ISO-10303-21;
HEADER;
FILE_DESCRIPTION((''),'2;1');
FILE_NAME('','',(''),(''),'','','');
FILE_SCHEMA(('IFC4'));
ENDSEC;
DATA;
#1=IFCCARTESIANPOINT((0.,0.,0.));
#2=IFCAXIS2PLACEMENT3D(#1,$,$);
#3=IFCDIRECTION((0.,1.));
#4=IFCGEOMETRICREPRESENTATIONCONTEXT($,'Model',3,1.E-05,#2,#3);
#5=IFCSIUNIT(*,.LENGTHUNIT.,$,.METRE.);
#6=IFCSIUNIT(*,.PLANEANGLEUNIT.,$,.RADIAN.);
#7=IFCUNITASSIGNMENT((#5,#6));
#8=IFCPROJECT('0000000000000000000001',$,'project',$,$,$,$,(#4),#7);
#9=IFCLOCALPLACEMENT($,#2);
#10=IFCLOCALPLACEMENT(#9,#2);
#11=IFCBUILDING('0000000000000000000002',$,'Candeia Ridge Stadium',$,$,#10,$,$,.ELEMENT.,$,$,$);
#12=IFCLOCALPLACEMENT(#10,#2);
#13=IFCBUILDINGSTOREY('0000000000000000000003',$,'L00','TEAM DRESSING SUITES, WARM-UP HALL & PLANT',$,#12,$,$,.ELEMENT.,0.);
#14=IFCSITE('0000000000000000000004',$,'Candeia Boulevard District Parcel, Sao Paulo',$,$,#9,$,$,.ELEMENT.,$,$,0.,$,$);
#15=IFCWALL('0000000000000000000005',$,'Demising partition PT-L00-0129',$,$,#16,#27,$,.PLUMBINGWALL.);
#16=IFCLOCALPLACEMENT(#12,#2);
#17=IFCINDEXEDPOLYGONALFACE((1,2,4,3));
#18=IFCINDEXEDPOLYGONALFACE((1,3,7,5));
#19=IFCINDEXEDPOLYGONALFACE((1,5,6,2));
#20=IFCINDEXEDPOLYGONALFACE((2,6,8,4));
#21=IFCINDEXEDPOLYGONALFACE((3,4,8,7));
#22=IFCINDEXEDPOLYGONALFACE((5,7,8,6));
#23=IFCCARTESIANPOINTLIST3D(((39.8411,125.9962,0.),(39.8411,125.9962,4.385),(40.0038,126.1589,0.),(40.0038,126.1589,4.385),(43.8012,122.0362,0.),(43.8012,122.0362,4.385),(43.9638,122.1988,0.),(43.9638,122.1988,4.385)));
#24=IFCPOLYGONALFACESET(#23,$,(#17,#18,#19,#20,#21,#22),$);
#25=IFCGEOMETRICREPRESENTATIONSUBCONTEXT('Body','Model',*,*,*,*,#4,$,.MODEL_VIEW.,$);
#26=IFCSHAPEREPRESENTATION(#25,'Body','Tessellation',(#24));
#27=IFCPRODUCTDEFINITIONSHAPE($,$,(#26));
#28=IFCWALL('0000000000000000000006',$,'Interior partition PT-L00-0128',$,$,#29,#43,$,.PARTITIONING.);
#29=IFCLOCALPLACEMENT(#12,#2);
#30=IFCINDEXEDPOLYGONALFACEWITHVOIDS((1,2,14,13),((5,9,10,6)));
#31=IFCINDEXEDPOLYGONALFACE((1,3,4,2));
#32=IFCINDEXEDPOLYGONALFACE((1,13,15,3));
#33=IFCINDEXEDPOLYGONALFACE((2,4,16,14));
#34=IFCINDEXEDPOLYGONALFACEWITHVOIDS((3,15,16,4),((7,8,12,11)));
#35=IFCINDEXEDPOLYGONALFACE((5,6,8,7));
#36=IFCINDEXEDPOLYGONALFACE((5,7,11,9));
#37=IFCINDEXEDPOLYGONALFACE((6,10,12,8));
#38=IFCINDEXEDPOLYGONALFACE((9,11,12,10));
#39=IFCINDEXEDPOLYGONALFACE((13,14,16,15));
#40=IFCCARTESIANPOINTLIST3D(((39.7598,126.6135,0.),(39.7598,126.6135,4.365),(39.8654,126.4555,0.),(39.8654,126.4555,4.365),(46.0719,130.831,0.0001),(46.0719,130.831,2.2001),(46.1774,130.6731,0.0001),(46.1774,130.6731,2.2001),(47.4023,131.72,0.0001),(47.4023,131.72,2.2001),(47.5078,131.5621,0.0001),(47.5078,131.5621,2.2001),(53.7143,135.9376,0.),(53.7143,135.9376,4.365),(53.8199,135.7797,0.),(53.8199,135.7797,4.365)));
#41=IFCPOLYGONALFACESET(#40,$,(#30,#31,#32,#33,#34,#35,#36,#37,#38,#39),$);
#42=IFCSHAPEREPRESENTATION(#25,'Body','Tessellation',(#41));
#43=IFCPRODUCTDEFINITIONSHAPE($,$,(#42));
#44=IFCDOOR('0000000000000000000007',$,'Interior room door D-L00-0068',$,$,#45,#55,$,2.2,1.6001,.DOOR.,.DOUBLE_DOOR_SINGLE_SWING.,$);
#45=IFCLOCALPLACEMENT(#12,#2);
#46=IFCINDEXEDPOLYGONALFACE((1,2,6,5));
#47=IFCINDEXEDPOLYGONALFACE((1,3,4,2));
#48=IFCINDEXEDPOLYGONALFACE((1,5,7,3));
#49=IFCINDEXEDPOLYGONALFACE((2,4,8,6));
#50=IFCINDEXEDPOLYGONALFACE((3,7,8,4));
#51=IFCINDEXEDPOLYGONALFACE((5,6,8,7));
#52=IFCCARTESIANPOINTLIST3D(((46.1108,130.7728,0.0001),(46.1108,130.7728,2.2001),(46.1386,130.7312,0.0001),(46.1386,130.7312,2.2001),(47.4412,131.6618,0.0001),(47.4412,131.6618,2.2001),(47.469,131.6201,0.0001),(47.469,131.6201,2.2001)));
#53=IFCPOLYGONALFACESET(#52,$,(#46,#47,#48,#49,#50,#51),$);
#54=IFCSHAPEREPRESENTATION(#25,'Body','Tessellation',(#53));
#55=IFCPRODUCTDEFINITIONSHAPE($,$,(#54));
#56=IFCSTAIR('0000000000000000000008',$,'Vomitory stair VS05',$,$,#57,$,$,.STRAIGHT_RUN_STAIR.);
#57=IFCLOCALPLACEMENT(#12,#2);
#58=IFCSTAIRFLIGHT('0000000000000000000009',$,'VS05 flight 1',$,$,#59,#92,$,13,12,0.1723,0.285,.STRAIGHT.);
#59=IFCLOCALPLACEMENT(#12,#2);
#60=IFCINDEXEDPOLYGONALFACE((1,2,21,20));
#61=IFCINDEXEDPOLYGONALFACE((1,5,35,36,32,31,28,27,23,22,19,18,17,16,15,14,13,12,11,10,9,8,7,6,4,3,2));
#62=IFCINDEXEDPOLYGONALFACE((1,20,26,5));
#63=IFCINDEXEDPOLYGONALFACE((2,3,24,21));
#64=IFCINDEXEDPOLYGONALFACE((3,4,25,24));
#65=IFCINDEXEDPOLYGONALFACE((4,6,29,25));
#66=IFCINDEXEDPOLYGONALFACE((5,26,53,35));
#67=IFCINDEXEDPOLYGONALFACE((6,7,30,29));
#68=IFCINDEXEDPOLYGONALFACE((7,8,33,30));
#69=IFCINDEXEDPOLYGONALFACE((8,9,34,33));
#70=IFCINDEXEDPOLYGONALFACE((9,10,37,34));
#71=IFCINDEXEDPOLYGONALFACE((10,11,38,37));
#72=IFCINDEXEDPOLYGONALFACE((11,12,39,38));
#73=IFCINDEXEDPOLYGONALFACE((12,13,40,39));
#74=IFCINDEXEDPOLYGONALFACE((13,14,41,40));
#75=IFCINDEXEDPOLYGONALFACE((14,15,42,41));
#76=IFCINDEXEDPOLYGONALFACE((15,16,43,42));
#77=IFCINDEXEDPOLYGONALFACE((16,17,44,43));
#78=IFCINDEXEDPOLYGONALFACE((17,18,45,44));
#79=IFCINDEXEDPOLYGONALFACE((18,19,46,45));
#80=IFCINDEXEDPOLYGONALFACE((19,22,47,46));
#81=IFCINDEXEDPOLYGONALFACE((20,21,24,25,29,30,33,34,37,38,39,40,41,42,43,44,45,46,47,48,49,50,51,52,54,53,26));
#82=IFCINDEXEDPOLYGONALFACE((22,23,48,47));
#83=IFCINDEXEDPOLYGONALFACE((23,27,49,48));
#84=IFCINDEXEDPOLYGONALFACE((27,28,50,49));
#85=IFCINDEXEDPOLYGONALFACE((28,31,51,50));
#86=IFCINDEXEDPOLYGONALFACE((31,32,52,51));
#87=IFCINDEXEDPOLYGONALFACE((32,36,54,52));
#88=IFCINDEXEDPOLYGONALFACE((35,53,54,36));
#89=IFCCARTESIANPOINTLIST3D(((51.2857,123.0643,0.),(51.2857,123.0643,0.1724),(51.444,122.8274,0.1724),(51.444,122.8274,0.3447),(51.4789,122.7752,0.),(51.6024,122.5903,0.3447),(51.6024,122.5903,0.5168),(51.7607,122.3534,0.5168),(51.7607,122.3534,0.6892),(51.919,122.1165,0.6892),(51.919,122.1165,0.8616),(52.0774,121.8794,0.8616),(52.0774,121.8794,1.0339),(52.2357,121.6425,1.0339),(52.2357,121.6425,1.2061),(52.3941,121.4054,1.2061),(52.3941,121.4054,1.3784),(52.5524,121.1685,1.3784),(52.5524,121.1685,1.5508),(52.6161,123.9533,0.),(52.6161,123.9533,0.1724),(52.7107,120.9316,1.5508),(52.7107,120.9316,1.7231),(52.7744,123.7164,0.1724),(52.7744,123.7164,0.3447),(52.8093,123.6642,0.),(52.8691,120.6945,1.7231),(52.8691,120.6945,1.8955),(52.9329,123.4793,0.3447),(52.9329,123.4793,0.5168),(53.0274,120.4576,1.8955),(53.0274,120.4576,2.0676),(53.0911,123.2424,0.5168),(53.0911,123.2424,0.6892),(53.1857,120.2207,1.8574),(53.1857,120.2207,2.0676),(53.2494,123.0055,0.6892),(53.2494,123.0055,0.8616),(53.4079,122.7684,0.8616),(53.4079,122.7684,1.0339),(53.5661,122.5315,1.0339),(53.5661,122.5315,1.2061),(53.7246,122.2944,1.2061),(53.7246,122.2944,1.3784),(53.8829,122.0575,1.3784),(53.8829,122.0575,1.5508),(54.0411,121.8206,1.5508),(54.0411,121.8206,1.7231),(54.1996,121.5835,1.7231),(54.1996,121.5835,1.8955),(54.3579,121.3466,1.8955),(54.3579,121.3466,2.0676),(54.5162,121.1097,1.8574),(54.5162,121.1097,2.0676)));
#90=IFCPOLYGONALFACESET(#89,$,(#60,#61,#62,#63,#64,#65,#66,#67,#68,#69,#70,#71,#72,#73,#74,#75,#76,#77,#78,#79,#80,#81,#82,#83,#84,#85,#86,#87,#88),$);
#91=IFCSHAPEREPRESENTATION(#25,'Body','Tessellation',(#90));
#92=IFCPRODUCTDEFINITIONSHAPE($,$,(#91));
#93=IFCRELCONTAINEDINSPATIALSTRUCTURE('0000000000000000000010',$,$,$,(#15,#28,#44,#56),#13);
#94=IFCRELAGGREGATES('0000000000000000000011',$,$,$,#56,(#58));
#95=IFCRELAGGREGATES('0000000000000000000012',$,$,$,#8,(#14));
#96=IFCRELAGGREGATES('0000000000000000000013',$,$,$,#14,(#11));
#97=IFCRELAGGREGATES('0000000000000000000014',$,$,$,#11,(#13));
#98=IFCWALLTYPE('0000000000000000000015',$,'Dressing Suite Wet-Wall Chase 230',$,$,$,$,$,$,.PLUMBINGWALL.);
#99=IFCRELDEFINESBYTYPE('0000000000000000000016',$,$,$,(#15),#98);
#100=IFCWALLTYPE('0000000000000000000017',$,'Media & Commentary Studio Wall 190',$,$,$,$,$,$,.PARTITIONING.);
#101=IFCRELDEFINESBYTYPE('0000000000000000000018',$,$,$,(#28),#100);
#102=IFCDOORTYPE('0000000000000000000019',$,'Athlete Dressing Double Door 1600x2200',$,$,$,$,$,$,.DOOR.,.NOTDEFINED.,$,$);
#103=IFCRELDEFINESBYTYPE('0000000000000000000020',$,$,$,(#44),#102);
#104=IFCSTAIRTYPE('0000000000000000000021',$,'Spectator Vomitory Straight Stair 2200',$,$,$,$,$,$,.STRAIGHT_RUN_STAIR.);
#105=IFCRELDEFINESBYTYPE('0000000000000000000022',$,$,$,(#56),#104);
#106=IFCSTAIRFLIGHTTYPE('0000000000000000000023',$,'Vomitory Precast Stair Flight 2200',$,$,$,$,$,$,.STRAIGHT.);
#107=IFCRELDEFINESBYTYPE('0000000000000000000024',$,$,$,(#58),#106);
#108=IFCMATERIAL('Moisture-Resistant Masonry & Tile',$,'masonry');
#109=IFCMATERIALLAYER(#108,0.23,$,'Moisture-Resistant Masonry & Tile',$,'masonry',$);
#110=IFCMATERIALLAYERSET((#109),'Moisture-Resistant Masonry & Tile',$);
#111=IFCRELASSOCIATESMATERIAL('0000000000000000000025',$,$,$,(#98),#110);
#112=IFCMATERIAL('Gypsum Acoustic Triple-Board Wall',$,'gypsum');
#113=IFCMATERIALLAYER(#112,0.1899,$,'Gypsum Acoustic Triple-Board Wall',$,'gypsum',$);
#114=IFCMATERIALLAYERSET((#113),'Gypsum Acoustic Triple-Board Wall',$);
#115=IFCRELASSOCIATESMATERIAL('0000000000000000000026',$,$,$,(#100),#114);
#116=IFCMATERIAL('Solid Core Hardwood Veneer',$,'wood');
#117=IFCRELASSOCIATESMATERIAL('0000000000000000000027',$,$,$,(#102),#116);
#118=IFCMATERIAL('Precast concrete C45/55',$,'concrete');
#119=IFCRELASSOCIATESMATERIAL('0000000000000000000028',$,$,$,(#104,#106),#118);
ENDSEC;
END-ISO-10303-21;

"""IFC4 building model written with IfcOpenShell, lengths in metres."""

from ifc_helpers import new_model, si_unit, direction, frame, frame_2d, origin, place, context, subcontext, project, spatial, polyline, rectangle, outline, extrude, material, layer, layer_set, type_object, element, fill, aggregate, save


model = new_model("IFC4")

# Units and contexts
model_context = context("Model", 3, precision=1e-05, world=origin(), true_north=direction((0.0, 1.0)))
body_context = subcontext(model_context, "Body", "Model", "MODEL_VIEW")
ifc_project = project(units=[si_unit("LENGTHUNIT", "METRE"), si_unit("PLANEANGLEUNIT", "RADIAN")], contexts=[model_context])

# Site, building, storey
site_placement = place(None, origin())
site = spatial("IfcSite", under=ifc_project, at=site_placement, Name="Candeia Boulevard District Parcel, Sao Paulo", CompositionType="ELEMENT", RefElevation=0.0)
building_placement = place(site_placement, origin())
building = spatial("IfcBuilding", under=site, at=building_placement, Name="Candeia Ridge Stadium", CompositionType="ELEMENT")
storey_placement = place(building_placement, origin())
storey = spatial("IfcBuildingStorey", under=building, at=storey_placement, Name="L00", Description="TEAM DRESSING SUITES, WARM-UP HALL & PLANT", CompositionType="ELEMENT", Elevation=0.0)

# Wall
ifc_material_1 = material(Name="Moisture-Resistant Masonry & Tile", Category="masonry")
ifc_layer_1 = layer(ifc_material_1, 0.23, Name="Moisture-Resistant Masonry & Tile", Category="masonry")
ifc_layer_set_1 = layer_set([ifc_layer_1], Name="Moisture-Resistant Masonry & Tile")
wall_type_1 = type_object("IfcWallType", Name="Dressing Suite Wet-Wall Chase 230", PredefinedType="PLUMBINGWALL", material=ifc_layer_set_1)
wall_1_placement = place(storey_placement, frame((43.8826, 122.1174, 0.0), z_axis=(0.0, 0.0, 1.0), x_axis=(-0.707107, 0.707107, 0.0)))
element("IfcWall", 1, at=wall_1_placement, inside=storey, type_object=wall_type_1, Name="Demising partition PT-L00-0129", PredefinedType="PLUMBINGWALL", context=body_context, shape_type="SweptSolid", body=[
    extrude(rectangle(XDim=5.6003, YDim=0.23, at=frame_2d((2.8003, 0.0))), origin(), (0.0, 0.0, 1.0), 4.385),
])

# Wall, opening, door
ifc_material_2 = material(Name="Gypsum Acoustic Triple-Board Wall", Category="gypsum")
ifc_layer_2 = layer(ifc_material_2, 0.1899, Name="Gypsum Acoustic Triple-Board Wall", Category="gypsum")
ifc_layer_set_2 = layer_set([ifc_layer_2], Name="Gypsum Acoustic Triple-Board Wall")
wall_type_2 = type_object("IfcWallType", Name="Media & Commentary Studio Wall 190", PredefinedType="PARTITIONING", material=ifc_layer_set_2)
wall_2_placement = place(storey_placement, frame((39.8125, 126.5344, 0.0), z_axis=(0.0, 0.0, 1.0), x_axis=(0.831468, 0.555573, 0.0)))
wall_2 = element("IfcWall", 2, at=wall_2_placement, inside=storey, type_object=wall_type_2, Name="Interior partition PT-L00-0128", PredefinedType="PARTITIONING", context=body_context, shape_type="SweptSolid", body=[
    extrude(rectangle(XDim=16.783, YDim=0.1899, at=frame_2d((8.3916, 0.0))), origin(), (0.0, 0.0, 1.0), 4.365),
])
opening_placement = place(wall_2_placement, frame((7.5916, 0.0, 0.0)))
opening = element("IfcOpeningElement", 3, at=opening_placement, cuts=wall_2, PredefinedType="OPENING", context=body_context, shape_type="SweptSolid", body=[
    extrude(rectangle(XDim=1.6001, YDim=2.2, at=frame_2d((0.8, 1.1001))), frame((0.0, 0.105, 0.0), z_axis=(0.0, -1.0, 0.0), x_axis=(1.0, 0.0, 0.0)), (0.0, 0.0, 1.0), 0.21),
])
ifc_material_3 = material(Name="Solid Core Hardwood Veneer", Category="wood")
door_type = type_object("IfcDoorType", Name="Athlete Dressing Double Door 1600x2200", OperationType="NOTDEFINED", PredefinedType="DOOR", material=ifc_material_3)
door_placement = place(opening_placement, origin())
door = element("IfcDoor", 4, at=door_placement, inside=storey, type_object=door_type, Name="Interior room door D-L00-0068", OperationType="DOUBLE_DOOR_SINGLE_SWING", OverallHeight=2.2, OverallWidth=1.6001, PredefinedType="DOOR", context=body_context, shape_type="SweptSolid", body=[
    extrude(rectangle(XDim=1.6001, YDim=2.2, at=frame_2d((0.8, 1.1001))), frame((0.0, 0.0249, 0.0), z_axis=(0.0, -1.0, 0.0), x_axis=(1.0, 0.0, 0.0)), (0.0, 0.0, 1.0), 0.05),
])
fill(opening, door)

# Stair, stair flight
ifc_material_4 = material(Name="Precast concrete C45/55", Category="concrete")
stair_type = type_object("IfcStairType", Name="Spectator Vomitory Straight Stair 2200", PredefinedType="STRAIGHT_RUN_STAIR", material=ifc_material_4)
stair_placement = place(storey_placement, origin())
stair = element("IfcStair", 5, at=stair_placement, inside=storey, type_object=stair_type, Name="Vomitory stair VS05", PredefinedType="STRAIGHT_RUN_STAIR")
stair_flight_type = type_object("IfcStairFlightType", Name="Vomitory Precast Stair Flight 2200", PredefinedType="STRAIGHT", material=ifc_material_4)
stair_flight_placement = place(storey_placement, frame((51.9509, 123.5088, 0.0), z_axis=(0.0, 0.0, 1.0), x_axis=(0.55557, -0.83147, 0.0)))
stair_flight = element("IfcStairFlight", 6, at=stair_flight_placement, type_object=stair_flight_type, Name="VS05 flight 1", NumberOfRisers=13, NumberOfTreads=12, PredefinedType="STRAIGHT", RiserHeight=0.1723, TreadLength=0.285, context=body_context, shape_type="SweptSolid", body=[
    extrude(outline(polyline([(0.0, 0.0), (0.0, 0.1724), (0.2849, 0.1724), (0.2849, 0.3447), (0.5701, 0.3447), (0.5701, 0.5168), (0.855, 0.5168), (0.855, 0.6892), (1.1399, 0.6892), (1.1399, 0.8616), (1.425, 0.8616), (1.425, 1.0339), (1.71, 1.0339), (1.71, 1.2061), (1.9951, 1.2061), (1.9951, 1.3784), (2.28, 1.3784), (2.28, 1.5508), (2.5649, 1.5508), (2.5649, 1.7231), (2.8501, 1.7231), (2.8501, 1.8955), (3.135, 1.8955), (3.135, 2.0676), (3.4199, 2.0676), (3.4199, 2.24), (3.4199, 1.8574), (0.3477, 0.0), (0.0, 0.0)])), frame((0.0, 0.8, 0.0), z_axis=(0.0, -1.0, 0.0), x_axis=(1.0, 0.0, 0.0)), (0.0, 0.0, 1.0), 1.6001),
])
aggregate(stair, [stair_flight])

save(model, "model.ifc")
